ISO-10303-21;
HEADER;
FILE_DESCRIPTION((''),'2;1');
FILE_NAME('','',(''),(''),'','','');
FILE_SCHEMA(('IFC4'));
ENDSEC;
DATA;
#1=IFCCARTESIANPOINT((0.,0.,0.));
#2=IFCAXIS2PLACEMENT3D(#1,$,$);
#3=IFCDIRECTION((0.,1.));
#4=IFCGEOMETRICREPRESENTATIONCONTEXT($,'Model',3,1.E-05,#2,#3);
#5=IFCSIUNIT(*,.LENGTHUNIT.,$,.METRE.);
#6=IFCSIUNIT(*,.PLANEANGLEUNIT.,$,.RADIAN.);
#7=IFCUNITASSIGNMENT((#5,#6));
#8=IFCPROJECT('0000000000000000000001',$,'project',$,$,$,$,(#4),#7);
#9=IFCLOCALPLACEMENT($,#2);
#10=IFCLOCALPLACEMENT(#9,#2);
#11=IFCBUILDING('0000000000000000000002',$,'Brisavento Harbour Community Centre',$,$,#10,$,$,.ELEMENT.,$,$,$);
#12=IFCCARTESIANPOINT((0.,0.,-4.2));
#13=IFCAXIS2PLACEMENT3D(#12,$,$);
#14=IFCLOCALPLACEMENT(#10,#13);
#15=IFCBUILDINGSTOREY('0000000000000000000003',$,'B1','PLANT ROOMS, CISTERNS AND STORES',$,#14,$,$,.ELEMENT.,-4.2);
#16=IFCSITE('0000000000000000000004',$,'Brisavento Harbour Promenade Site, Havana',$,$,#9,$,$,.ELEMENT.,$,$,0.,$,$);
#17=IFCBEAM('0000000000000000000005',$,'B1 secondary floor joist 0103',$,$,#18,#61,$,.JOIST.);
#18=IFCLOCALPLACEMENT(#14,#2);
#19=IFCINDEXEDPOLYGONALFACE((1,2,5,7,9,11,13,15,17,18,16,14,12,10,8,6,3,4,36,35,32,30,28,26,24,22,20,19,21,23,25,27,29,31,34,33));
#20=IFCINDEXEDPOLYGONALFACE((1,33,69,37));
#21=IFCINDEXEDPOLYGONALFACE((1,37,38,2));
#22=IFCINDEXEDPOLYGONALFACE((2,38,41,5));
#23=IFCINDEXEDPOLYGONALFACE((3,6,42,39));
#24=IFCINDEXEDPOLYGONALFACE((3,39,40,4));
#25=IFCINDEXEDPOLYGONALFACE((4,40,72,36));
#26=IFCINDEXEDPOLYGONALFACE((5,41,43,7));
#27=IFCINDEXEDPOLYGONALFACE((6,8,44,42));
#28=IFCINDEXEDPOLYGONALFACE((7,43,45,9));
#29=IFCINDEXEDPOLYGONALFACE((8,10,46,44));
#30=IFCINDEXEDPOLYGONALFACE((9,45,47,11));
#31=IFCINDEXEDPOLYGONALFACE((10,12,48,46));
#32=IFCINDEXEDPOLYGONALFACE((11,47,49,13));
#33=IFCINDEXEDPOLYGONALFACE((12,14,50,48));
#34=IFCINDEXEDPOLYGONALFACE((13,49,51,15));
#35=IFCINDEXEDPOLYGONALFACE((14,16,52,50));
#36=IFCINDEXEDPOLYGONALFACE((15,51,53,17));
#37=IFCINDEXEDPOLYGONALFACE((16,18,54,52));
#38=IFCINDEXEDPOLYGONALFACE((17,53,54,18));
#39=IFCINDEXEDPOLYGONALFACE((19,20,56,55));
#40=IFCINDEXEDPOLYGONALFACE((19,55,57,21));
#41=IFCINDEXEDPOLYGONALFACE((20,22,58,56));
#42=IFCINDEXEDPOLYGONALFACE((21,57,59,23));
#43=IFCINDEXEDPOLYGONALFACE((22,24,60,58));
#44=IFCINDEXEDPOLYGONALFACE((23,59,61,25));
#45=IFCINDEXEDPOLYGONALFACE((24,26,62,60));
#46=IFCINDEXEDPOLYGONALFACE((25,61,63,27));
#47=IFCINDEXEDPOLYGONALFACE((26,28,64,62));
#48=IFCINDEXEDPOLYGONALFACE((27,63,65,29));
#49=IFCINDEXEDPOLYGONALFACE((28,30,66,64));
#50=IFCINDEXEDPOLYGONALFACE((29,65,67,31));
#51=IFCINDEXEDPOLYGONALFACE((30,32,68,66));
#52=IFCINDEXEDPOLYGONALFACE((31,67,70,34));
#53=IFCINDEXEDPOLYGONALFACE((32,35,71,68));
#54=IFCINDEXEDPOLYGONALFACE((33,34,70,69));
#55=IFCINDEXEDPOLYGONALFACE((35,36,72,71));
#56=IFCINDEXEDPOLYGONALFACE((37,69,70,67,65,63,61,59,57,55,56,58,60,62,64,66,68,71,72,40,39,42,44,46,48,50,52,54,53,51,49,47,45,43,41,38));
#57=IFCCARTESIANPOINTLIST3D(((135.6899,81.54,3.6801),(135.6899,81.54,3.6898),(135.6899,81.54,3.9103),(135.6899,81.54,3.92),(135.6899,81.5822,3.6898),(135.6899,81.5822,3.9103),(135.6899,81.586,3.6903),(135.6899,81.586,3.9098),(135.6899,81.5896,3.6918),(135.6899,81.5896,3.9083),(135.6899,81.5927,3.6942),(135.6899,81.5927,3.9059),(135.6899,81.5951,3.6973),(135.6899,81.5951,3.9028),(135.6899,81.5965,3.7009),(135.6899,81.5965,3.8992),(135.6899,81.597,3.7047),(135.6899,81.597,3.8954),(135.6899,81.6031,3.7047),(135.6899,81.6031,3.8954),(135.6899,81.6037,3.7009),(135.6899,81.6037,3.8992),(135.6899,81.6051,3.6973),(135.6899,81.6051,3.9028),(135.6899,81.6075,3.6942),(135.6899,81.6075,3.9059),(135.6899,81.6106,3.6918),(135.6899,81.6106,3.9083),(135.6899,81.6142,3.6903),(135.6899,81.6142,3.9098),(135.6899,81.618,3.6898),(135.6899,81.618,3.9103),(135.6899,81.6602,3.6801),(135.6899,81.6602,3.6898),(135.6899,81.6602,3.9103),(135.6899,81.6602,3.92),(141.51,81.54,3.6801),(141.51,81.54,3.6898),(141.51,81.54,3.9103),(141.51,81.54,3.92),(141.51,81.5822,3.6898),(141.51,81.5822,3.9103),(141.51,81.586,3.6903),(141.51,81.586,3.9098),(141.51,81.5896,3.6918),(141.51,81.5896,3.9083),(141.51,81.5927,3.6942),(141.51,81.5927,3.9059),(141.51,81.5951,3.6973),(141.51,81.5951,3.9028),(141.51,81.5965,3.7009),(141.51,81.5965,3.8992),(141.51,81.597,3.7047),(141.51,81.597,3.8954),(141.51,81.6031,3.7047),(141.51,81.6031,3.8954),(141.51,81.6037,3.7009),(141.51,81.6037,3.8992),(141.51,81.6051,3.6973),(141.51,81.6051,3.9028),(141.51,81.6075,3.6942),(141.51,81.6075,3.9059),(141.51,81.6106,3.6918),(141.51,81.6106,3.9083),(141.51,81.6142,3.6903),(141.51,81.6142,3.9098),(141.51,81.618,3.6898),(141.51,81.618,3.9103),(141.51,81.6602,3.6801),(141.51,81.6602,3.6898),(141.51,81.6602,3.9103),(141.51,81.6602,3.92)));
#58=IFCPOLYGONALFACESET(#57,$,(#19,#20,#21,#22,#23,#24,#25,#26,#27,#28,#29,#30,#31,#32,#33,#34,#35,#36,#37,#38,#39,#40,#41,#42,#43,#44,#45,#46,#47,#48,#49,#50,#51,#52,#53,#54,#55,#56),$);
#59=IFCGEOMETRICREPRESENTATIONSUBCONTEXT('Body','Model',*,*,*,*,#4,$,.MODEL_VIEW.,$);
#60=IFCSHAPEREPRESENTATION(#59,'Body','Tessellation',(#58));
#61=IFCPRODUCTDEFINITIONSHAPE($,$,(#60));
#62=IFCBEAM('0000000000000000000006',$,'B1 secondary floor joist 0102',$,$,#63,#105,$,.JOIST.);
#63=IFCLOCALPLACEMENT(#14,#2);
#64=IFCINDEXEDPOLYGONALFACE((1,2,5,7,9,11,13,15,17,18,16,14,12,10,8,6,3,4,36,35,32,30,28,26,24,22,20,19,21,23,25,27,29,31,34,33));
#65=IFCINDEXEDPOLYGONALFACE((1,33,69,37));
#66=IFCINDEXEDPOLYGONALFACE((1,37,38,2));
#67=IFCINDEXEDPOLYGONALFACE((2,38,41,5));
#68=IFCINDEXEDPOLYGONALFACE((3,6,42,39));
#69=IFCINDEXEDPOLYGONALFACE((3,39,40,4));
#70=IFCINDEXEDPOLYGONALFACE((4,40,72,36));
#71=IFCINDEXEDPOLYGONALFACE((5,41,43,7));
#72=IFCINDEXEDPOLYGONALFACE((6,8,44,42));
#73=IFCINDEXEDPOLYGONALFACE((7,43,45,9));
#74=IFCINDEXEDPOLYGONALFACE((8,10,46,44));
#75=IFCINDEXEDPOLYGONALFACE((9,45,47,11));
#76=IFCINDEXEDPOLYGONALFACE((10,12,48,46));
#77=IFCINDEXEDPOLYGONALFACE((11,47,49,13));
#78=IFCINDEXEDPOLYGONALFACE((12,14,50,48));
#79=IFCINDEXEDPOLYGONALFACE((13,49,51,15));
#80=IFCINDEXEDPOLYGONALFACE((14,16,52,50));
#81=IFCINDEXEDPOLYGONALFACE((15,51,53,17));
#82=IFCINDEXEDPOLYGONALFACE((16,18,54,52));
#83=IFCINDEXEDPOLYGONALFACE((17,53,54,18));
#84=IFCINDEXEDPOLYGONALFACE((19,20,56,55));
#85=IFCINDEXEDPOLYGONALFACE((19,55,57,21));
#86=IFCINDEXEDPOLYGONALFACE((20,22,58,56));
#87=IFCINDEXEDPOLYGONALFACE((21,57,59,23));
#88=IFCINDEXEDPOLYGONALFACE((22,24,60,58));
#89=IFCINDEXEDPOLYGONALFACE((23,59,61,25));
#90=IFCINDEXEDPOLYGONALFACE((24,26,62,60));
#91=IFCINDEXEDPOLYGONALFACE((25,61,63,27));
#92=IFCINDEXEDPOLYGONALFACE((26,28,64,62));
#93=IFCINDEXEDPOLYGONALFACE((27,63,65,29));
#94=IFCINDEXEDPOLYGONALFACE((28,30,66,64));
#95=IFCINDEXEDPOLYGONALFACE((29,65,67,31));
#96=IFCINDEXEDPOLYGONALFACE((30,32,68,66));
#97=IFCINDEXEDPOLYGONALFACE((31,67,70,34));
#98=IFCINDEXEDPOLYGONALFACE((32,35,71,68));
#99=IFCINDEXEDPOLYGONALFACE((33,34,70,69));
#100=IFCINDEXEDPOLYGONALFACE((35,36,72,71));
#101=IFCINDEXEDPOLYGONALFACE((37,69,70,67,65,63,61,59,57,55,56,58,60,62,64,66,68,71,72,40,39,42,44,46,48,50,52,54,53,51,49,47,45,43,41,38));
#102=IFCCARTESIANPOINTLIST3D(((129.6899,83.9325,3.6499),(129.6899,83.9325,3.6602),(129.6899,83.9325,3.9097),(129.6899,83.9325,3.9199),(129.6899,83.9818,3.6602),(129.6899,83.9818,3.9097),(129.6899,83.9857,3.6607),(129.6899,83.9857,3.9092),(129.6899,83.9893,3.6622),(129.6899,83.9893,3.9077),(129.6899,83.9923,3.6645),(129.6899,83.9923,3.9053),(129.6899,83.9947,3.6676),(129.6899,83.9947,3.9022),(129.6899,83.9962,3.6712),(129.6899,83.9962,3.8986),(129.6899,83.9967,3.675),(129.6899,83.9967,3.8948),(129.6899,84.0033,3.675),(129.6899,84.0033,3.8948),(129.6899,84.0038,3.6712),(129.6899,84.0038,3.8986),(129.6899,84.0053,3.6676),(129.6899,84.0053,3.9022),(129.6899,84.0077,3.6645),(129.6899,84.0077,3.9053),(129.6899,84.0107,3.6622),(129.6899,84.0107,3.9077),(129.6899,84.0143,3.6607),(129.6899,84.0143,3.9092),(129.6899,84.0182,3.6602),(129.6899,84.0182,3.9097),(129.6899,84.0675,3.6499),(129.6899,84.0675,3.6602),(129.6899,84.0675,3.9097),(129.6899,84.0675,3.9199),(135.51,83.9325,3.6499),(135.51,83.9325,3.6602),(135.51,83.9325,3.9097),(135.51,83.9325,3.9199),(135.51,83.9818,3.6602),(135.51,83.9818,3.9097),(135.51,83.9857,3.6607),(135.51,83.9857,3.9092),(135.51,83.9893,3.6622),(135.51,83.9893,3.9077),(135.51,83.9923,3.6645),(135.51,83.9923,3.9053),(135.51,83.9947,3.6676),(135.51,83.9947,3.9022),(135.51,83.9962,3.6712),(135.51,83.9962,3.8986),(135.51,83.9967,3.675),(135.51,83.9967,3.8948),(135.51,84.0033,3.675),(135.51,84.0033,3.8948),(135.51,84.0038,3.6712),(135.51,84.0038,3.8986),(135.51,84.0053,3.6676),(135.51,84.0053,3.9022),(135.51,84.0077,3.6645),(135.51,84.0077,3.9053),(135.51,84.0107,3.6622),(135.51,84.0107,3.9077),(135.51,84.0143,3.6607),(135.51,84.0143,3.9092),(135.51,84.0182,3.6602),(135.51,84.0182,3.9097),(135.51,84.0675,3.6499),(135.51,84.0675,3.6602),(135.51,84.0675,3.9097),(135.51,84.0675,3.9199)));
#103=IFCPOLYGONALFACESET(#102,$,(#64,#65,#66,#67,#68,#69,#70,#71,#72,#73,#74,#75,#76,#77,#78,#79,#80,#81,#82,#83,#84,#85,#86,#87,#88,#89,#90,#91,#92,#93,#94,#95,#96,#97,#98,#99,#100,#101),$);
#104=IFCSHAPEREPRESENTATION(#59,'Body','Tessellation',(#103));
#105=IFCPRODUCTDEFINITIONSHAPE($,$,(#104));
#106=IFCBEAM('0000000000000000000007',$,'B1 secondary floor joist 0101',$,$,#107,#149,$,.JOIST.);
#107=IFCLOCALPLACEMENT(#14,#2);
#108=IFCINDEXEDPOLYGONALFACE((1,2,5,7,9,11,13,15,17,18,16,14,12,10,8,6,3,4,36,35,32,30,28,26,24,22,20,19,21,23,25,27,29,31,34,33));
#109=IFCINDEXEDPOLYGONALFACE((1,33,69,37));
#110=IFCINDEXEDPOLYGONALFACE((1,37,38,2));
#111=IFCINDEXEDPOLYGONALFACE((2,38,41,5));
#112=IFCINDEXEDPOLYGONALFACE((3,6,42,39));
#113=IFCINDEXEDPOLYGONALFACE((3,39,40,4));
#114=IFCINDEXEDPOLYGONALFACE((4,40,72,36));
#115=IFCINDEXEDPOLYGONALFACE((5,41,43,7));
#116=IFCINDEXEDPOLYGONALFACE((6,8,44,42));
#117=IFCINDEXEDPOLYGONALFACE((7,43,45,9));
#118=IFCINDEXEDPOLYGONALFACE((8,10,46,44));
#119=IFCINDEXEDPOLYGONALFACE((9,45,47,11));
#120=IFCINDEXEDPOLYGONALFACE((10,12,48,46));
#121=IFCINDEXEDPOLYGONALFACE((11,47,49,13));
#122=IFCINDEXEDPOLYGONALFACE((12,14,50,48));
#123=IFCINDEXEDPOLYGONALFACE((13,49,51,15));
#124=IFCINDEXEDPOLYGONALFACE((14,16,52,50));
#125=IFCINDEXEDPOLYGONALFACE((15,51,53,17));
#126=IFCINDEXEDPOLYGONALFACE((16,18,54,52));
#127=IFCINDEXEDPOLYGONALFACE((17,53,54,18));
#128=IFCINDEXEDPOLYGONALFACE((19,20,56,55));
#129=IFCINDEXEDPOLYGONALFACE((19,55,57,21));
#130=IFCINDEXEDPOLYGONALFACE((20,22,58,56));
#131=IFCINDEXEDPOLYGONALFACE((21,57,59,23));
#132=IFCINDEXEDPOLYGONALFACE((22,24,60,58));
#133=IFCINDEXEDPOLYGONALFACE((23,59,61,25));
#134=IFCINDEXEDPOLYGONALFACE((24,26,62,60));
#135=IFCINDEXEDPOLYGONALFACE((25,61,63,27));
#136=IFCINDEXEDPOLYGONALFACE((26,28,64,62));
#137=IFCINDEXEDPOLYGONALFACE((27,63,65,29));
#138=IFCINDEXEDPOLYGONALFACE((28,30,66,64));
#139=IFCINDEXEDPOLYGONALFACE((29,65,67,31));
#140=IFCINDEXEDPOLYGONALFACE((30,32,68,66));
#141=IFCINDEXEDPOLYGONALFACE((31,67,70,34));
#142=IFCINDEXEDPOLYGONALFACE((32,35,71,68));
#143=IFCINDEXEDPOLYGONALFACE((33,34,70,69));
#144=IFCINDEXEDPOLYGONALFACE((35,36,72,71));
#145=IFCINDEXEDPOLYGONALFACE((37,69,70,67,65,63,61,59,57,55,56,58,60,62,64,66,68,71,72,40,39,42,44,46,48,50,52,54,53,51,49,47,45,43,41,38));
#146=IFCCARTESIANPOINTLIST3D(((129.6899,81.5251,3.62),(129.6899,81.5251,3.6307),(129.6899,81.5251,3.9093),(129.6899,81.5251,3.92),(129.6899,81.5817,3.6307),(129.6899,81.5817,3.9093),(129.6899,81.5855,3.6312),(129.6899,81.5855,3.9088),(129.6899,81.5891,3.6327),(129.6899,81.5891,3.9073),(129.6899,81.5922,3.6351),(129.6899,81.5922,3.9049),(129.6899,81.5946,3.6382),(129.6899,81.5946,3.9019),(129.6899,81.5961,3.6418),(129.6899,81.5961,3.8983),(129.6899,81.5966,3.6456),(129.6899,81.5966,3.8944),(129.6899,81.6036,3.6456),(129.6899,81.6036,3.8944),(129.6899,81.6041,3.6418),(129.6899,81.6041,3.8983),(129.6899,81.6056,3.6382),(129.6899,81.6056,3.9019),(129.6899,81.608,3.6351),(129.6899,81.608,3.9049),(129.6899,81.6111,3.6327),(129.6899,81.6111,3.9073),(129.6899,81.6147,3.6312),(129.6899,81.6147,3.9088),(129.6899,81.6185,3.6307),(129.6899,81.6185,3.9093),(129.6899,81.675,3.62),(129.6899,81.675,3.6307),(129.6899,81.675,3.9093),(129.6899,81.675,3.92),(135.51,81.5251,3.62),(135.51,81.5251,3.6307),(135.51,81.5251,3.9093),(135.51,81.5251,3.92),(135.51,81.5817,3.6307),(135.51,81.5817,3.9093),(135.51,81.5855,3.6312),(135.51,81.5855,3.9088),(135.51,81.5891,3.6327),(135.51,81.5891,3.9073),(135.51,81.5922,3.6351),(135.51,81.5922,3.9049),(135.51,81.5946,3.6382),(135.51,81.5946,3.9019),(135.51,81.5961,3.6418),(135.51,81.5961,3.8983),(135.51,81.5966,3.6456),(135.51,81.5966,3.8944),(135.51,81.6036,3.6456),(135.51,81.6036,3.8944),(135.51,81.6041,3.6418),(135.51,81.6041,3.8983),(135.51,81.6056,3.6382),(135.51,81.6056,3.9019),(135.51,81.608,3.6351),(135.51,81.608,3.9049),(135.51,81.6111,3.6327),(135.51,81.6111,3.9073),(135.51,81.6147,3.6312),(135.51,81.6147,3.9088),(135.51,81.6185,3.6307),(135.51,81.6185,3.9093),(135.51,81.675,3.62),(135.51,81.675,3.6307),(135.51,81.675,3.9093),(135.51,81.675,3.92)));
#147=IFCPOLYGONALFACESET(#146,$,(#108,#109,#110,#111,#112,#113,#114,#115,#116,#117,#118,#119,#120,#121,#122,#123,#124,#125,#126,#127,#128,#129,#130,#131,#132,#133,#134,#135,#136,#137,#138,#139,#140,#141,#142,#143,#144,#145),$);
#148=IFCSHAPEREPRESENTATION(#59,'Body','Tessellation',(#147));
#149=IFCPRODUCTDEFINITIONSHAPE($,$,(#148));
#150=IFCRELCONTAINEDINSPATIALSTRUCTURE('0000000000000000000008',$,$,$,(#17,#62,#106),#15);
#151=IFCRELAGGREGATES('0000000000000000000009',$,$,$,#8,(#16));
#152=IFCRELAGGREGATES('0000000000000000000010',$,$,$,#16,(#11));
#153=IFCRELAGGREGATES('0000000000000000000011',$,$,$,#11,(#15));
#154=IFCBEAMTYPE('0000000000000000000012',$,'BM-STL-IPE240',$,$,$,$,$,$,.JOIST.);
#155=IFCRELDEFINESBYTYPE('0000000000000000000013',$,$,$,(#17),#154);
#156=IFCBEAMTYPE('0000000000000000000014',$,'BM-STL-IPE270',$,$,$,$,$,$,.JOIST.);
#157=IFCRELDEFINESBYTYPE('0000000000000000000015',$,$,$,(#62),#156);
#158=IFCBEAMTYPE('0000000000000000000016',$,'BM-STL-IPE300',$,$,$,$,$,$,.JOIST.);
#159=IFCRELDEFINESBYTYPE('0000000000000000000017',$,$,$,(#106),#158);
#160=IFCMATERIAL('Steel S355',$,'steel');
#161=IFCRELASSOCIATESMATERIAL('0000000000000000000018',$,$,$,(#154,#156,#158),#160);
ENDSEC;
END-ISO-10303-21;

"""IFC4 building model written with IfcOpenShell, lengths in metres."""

from ifc_helpers import new_model, si_unit, direction, frame, origin, origin_2d, place, context, subcontext, project, spatial, i_section, extrude, material, material_profile, profile_set, type_object, element, save


model = new_model("IFC4")

# Units and contexts
model_context = context("Model", 3, precision=1e-05, world=origin(), true_north=direction((0.0, 1.0)))
body_context = subcontext(model_context, "Body", "Model", "MODEL_VIEW")
ifc_project = project(units=[si_unit("LENGTHUNIT", "METRE"), si_unit("PLANEANGLEUNIT", "RADIAN")], contexts=[model_context])

# Site, building, storey
site_placement = place(None, origin())
site = spatial("IfcSite", under=ifc_project, at=site_placement, Name="Brisavento Harbour Promenade Site, Havana", CompositionType="ELEMENT", RefElevation=0.0)
building_placement = place(site_placement, origin())
building = spatial("IfcBuilding", under=site, at=building_placement, Name="Brisavento Harbour Community Centre", CompositionType="ELEMENT")
storey_placement = place(building_placement, frame((0.0, 0.0, -4.2)))
storey = spatial("IfcBuildingStorey", under=building, at=storey_placement, Name="B1", Description="PLANT ROOMS, CISTERNS AND STORES", CompositionType="ELEMENT", Elevation=-4.2)

# Beams
ifc_material_1 = material(Name="Steel S355", Category="steel")
ifc_material_profile_1 = material_profile(ifc_material_1, i_section(OverallWidth=0.1201, OverallDepth=0.24, WebThickness=0.0061, FlangeThickness=0.0098, FilletRadius=0.0149, at=origin_2d()), Name="Steel S355")
ifc_profile_set_1 = profile_set([ifc_material_profile_1], Name="Steel S355")
beam_type_1 = type_object("IfcBeamType", Name="BM-STL-IPE240", PredefinedType="JOIST", material=ifc_profile_set_1)
beam_1_placement = place(storey_placement, frame((135.6899, 81.6001, 3.8), z_axis=(1.0, 0.0, 0.0), x_axis=(0.0, 1.0, 0.0)))
element("IfcBeam", 1, at=beam_1_placement, inside=storey, type_object=beam_type_1, Name="B1 secondary floor joist 0103", PredefinedType="JOIST", context=body_context, shape_type="SweptSolid", body=[
    extrude(i_section(OverallWidth=0.1201, OverallDepth=0.24, WebThickness=0.0061, FlangeThickness=0.0098, FilletRadius=0.0149, at=origin_2d()), origin(), (0.0, 0.0, 1.0), 5.8201),
])
ifc_material_profile_2 = material_profile(ifc_material_1, i_section(OverallWidth=0.135, OverallDepth=0.27, WebThickness=0.0066, FlangeThickness=0.0103, FilletRadius=0.0149, at=origin_2d()), Name="Steel S355")
ifc_profile_set_2 = profile_set([ifc_material_profile_2], Name="Steel S355")
beam_type_2 = type_object("IfcBeamType", Name="BM-STL-IPE270", PredefinedType="JOIST", material=ifc_profile_set_2)
beam_2_placement = place(storey_placement, frame((129.6899, 84.0, 3.7849), z_axis=(1.0, 0.0, 0.0), x_axis=(0.0, 1.0, 0.0)))
element("IfcBeam", 2, at=beam_2_placement, inside=storey, type_object=beam_type_2, Name="B1 secondary floor joist 0102", PredefinedType="JOIST", context=body_context, shape_type="SweptSolid", body=[
    extrude(i_section(OverallWidth=0.135, OverallDepth=0.27, WebThickness=0.0066, FlangeThickness=0.0103, FilletRadius=0.0149, at=origin_2d()), origin(), (0.0, 0.0, 1.0), 5.8201),
])
ifc_material_profile_3 = material_profile(ifc_material_1, i_section(OverallWidth=0.1499, OverallDepth=0.3, WebThickness=0.0071, FlangeThickness=0.0107, FilletRadius=0.0149, at=origin_2d()), Name="Steel S355")
ifc_profile_set_3 = profile_set([ifc_material_profile_3], Name="Steel S355")
beam_type_3 = type_object("IfcBeamType", Name="BM-STL-IPE300", PredefinedType="JOIST", material=ifc_profile_set_3)
beam_3_placement = place(storey_placement, frame((129.6899, 81.6001, 3.77), z_axis=(1.0, 0.0, 0.0), x_axis=(0.0, 1.0, 0.0)))
element("IfcBeam", 3, at=beam_3_placement, inside=storey, type_object=beam_type_3, Name="B1 secondary floor joist 0101", PredefinedType="JOIST", context=body_context, shape_type="SweptSolid", body=[
    extrude(i_section(OverallWidth=0.1499, OverallDepth=0.3, WebThickness=0.0071, FlangeThickness=0.0107, FilletRadius=0.0149, at=origin_2d()), origin(), (0.0, 0.0, 1.0), 5.8201),
])

save(model, "model.ifc")
